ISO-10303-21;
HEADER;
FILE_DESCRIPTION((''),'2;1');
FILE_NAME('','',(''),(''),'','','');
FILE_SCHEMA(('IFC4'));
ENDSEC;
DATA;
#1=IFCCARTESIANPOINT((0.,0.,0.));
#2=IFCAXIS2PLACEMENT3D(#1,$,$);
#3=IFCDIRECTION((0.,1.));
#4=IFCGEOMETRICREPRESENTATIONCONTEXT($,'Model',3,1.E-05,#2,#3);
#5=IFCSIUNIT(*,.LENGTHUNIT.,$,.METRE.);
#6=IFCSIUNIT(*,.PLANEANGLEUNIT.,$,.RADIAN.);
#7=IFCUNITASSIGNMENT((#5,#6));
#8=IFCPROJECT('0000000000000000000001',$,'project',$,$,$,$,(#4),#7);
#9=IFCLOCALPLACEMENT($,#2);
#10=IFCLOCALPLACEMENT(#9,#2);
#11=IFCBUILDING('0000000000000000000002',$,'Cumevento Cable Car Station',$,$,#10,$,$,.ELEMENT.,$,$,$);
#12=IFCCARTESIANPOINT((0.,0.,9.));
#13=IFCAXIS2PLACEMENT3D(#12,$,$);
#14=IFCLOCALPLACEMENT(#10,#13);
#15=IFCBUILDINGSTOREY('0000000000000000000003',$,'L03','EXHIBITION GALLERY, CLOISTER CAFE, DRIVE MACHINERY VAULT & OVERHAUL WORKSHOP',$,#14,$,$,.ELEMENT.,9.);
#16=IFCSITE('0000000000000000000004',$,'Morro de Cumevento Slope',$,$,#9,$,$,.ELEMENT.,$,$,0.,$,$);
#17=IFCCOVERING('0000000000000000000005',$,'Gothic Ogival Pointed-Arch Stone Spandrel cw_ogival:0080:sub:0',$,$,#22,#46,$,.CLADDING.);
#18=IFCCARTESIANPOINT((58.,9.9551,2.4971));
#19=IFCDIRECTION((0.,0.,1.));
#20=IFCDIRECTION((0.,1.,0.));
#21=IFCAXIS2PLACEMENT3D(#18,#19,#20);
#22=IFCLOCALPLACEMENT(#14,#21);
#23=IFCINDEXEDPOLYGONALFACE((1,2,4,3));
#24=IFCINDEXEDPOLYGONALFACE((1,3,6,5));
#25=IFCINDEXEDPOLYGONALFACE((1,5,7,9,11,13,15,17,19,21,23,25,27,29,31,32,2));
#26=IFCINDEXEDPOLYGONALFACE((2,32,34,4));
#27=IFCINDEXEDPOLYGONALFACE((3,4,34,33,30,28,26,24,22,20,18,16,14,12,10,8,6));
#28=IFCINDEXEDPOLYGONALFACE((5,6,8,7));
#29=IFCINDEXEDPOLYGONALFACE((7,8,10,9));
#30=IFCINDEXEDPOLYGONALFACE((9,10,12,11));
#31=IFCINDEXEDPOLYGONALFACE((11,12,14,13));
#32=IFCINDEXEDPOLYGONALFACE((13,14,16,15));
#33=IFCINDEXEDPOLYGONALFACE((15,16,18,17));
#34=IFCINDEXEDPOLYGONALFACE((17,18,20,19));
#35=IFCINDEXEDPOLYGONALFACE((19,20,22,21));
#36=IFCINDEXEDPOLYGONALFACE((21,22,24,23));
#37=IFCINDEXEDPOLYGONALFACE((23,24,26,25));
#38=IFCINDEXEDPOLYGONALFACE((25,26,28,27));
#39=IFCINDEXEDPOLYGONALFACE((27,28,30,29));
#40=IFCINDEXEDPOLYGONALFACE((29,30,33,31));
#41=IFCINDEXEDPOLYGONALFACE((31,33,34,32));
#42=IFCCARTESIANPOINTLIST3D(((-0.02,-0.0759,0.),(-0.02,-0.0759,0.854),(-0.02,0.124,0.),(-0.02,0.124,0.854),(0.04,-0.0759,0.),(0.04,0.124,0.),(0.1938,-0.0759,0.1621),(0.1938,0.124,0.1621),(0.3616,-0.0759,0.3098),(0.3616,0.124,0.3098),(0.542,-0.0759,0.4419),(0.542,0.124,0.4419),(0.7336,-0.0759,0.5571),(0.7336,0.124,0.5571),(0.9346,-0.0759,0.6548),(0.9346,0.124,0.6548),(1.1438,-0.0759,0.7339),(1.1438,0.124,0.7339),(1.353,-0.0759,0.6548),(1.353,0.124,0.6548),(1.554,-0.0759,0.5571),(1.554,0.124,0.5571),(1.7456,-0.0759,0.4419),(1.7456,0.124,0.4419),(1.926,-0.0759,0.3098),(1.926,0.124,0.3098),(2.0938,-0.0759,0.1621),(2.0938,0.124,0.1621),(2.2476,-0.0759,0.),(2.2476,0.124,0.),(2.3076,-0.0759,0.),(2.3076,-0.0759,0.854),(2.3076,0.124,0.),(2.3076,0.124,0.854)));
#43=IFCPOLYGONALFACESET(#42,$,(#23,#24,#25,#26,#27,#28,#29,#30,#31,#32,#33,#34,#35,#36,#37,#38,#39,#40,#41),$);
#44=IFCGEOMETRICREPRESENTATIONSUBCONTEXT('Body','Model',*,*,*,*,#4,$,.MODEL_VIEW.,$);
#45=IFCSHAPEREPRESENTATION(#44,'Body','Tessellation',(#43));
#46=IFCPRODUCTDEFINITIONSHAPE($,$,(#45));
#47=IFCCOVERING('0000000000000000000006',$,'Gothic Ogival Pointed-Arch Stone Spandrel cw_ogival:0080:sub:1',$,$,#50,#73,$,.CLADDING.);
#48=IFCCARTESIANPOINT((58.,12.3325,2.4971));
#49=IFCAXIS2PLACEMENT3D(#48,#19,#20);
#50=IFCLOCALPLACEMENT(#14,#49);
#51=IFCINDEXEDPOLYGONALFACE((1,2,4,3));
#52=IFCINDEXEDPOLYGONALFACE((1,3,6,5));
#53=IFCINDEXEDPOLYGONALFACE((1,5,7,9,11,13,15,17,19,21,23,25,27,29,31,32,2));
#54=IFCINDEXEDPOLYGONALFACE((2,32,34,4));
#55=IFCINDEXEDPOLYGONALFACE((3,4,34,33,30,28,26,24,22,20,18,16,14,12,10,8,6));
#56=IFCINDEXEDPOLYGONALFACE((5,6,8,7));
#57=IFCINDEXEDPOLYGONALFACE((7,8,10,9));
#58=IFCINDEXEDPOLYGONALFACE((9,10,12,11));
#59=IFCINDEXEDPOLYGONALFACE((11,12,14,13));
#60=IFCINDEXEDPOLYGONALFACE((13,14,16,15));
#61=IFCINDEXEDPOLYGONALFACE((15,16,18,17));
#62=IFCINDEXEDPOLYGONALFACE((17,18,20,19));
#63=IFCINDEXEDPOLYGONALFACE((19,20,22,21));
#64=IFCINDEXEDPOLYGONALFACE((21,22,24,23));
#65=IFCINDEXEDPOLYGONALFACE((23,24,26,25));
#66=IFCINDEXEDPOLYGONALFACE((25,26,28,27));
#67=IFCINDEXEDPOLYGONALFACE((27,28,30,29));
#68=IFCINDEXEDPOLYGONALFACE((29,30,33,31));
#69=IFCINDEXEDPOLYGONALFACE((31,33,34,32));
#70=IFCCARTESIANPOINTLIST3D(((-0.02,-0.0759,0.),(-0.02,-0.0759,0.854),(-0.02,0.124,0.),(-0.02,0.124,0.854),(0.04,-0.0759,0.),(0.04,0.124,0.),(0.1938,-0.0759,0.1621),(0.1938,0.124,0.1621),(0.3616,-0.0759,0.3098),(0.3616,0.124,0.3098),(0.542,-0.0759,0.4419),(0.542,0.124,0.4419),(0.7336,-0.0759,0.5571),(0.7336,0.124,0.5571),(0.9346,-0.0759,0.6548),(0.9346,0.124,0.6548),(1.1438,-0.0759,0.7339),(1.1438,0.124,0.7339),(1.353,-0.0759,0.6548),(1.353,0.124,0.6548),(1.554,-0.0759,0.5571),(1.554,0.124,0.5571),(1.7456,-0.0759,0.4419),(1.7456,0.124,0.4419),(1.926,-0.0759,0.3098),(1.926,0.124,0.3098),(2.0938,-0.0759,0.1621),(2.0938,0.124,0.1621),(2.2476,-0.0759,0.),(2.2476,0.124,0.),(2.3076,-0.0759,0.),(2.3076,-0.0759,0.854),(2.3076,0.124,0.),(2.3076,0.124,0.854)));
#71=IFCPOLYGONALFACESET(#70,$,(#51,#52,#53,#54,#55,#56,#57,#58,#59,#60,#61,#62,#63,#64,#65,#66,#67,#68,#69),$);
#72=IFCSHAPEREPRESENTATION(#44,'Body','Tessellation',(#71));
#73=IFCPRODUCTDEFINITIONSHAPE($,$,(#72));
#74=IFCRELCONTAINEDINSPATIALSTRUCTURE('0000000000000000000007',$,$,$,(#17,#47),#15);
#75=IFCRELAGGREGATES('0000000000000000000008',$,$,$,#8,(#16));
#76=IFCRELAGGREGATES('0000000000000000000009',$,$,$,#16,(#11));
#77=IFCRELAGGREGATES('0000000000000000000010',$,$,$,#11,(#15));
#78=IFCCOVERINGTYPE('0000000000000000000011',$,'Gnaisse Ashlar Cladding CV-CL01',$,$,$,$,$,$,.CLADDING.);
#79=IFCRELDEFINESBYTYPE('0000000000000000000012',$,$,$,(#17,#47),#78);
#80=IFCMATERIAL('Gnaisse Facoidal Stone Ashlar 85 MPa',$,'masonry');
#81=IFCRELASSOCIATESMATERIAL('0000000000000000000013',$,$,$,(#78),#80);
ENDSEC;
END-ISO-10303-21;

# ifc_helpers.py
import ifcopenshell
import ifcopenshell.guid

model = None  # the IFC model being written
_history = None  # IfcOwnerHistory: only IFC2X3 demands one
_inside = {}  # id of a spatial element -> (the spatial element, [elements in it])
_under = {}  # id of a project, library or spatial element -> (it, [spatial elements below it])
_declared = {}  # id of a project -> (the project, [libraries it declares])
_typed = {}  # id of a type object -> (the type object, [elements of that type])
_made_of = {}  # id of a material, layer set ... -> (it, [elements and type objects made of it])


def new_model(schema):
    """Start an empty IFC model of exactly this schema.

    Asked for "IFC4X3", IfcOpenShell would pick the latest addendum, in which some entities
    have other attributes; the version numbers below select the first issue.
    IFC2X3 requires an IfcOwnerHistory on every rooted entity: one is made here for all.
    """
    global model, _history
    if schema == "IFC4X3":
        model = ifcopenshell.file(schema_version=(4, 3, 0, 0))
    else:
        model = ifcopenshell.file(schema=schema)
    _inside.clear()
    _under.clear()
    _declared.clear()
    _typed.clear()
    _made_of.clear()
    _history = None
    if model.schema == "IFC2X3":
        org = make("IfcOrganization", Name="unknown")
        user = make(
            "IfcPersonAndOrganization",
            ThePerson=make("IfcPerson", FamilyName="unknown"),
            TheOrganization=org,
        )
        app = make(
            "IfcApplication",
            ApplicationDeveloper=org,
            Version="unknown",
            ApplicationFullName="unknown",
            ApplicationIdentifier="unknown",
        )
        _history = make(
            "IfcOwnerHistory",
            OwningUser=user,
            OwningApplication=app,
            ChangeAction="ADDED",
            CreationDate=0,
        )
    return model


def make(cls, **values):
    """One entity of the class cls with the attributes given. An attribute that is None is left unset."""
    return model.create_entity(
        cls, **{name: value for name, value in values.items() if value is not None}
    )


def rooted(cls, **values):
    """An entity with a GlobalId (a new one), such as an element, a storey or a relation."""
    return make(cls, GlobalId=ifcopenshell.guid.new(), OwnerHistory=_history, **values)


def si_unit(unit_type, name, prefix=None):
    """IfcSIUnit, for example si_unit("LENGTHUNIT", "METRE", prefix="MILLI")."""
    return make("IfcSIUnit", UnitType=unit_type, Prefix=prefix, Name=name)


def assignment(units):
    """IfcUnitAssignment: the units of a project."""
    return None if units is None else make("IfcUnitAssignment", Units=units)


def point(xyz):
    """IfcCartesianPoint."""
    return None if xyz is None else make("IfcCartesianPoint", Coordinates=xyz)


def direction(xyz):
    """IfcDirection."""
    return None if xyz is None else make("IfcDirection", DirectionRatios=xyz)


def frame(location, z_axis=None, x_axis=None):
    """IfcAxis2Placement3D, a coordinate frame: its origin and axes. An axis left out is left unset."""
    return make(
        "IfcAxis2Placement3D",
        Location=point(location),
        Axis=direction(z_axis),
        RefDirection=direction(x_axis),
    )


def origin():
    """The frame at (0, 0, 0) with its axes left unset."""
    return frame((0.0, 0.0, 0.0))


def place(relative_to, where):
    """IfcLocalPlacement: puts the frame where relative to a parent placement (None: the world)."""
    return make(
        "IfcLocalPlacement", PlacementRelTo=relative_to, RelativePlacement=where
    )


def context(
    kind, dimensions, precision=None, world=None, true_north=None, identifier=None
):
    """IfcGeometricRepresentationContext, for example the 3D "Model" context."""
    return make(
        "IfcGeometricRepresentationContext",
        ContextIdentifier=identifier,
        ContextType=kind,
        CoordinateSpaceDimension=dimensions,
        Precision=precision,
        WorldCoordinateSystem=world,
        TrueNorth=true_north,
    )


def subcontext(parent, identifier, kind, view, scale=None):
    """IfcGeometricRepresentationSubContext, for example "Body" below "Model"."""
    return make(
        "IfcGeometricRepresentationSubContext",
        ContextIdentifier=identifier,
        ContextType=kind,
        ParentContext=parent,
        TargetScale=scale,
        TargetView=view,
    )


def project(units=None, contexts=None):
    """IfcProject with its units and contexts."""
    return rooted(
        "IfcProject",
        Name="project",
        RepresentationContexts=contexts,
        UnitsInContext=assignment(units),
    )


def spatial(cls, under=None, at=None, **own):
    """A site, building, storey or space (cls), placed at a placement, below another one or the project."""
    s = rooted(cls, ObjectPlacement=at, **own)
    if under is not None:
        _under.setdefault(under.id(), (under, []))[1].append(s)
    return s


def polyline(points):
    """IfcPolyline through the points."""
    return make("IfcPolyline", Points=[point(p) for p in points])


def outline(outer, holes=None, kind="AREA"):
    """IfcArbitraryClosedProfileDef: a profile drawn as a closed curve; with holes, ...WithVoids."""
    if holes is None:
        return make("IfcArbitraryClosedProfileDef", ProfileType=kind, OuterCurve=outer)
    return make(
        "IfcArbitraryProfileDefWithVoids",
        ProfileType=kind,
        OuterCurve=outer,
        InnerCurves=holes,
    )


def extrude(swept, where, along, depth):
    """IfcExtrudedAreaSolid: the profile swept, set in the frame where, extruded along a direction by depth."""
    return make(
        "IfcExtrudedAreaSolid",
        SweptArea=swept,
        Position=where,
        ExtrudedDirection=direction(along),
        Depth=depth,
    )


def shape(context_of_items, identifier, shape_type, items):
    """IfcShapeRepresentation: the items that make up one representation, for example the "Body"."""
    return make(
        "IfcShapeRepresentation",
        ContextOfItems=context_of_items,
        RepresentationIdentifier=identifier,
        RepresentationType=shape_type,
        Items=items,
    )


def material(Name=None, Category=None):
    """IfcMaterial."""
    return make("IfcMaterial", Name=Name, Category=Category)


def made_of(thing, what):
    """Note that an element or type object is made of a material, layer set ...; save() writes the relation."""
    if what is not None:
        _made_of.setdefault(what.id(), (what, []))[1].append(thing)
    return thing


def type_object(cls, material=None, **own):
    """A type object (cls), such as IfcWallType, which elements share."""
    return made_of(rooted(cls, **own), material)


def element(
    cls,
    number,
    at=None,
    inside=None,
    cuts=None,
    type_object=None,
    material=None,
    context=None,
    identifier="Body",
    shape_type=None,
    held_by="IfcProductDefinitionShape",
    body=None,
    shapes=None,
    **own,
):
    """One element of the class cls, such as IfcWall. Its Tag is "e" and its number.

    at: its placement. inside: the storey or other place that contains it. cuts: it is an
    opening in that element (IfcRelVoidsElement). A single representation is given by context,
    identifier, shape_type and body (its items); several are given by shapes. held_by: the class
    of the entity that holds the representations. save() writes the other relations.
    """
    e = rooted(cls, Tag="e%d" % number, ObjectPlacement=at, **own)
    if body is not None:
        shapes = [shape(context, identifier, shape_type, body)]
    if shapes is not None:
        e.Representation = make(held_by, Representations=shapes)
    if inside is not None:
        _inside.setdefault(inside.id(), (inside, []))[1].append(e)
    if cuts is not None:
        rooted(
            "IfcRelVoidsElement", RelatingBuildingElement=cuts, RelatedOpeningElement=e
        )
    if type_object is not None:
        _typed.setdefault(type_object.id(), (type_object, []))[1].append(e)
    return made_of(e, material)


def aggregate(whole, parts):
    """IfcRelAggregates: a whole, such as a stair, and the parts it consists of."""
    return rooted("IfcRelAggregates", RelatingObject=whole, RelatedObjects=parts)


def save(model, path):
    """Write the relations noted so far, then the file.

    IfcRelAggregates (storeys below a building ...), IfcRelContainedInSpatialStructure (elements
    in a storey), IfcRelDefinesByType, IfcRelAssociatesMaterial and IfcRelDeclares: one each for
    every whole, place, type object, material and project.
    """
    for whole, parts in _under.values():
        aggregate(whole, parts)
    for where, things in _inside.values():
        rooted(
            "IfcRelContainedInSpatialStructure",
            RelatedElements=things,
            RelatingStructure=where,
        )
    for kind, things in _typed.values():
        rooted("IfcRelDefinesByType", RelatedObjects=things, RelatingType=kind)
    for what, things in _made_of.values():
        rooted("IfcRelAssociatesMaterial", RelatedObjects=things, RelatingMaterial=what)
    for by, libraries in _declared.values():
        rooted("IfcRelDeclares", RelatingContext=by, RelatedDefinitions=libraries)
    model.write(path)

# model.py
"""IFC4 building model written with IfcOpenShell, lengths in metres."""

from ifc_helpers import new_model, si_unit, direction, frame, origin, place, context, subcontext, project, spatial, polyline, outline, extrude, material, type_object, element, save


model = new_model("IFC4")

# Units and contexts
model_context = context("Model", 3, precision=1e-05, world=origin(), true_north=direction((0.0, 1.0)))
body_context = subcontext(model_context, "Body", "Model", "MODEL_VIEW")
ifc_project = project(units=[si_unit("LENGTHUNIT", "METRE"), si_unit("PLANEANGLEUNIT", "RADIAN")], contexts=[model_context])

# Site, building, storey
site_placement = place(None, origin())
site = spatial("IfcSite", under=ifc_project, at=site_placement, Name="Morro de Cumevento Slope", CompositionType="ELEMENT", RefElevation=0.0)
building_placement = place(site_placement, origin())
building = spatial("IfcBuilding", under=site, at=building_placement, Name="Cumevento Cable Car Station", CompositionType="ELEMENT")
storey_placement = place(building_placement, frame((0.0, 0.0, 9.0)))
storey = spatial("IfcBuildingStorey", under=building, at=storey_placement, Name="L03", Description="EXHIBITION GALLERY, CLOISTER CAFE, DRIVE MACHINERY VAULT & OVERHAUL WORKSHOP", CompositionType="ELEMENT", Elevation=9.0)

# Coverings
ifc_material_1 = material(Name="Gnaisse Facoidal Stone Ashlar 85 MPa", Category="masonry")
covering_type = type_object("IfcCoveringType", Name="Gnaisse Ashlar Cladding CV-CL01", PredefinedType="CLADDING", material=ifc_material_1)
for number, where, z_axis, x_axis, name in (
    (1, (58.0, 9.9551, 2.4971), (0.0, 0.0, 1.0), (0.0, 1.0, 0.0), "Gothic Ogival Pointed-Arch Stone Spandrel cw_ogival:0080:sub:0"),
    (2, (58.0, 12.3325, 2.4971), (0.0, 0.0, 1.0), (0.0, 1.0, 0.0), "Gothic Ogival Pointed-Arch Stone Spandrel cw_ogival:0080:sub:1"),
):
    element("IfcCovering", number, at=place(storey_placement, frame(where, z_axis=z_axis, x_axis=x_axis)), inside=storey, type_object=covering_type, Name=name, PredefinedType="CLADDING", context=body_context, shape_type="SweptSolid", body=[
        extrude(outline(polyline([(-0.02, 0.0), (-0.02, 0.854), (2.3076, 0.854), (2.3076, 0.0), (2.2476, 0.0), (2.0938, 0.1621), (1.926, 0.3098), (1.7456, 0.4419), (1.554, 0.5571), (1.353, 0.6548), (1.1438, 0.7339), (0.9346, 0.6548), (0.7336, 0.5571), (0.542, 0.4419), (0.3616, 0.3098), (0.1938, 0.1621), (0.04, 0.0), (-0.02, 0.0)])), frame((0.0, 0.124, 0.0), z_axis=(0.0, -1.0, 0.0), x_axis=(1.0, 0.0, 0.0)), (0.0, 0.0, 1.0), 0.2),
    ])

save(model, "model.ifc")
